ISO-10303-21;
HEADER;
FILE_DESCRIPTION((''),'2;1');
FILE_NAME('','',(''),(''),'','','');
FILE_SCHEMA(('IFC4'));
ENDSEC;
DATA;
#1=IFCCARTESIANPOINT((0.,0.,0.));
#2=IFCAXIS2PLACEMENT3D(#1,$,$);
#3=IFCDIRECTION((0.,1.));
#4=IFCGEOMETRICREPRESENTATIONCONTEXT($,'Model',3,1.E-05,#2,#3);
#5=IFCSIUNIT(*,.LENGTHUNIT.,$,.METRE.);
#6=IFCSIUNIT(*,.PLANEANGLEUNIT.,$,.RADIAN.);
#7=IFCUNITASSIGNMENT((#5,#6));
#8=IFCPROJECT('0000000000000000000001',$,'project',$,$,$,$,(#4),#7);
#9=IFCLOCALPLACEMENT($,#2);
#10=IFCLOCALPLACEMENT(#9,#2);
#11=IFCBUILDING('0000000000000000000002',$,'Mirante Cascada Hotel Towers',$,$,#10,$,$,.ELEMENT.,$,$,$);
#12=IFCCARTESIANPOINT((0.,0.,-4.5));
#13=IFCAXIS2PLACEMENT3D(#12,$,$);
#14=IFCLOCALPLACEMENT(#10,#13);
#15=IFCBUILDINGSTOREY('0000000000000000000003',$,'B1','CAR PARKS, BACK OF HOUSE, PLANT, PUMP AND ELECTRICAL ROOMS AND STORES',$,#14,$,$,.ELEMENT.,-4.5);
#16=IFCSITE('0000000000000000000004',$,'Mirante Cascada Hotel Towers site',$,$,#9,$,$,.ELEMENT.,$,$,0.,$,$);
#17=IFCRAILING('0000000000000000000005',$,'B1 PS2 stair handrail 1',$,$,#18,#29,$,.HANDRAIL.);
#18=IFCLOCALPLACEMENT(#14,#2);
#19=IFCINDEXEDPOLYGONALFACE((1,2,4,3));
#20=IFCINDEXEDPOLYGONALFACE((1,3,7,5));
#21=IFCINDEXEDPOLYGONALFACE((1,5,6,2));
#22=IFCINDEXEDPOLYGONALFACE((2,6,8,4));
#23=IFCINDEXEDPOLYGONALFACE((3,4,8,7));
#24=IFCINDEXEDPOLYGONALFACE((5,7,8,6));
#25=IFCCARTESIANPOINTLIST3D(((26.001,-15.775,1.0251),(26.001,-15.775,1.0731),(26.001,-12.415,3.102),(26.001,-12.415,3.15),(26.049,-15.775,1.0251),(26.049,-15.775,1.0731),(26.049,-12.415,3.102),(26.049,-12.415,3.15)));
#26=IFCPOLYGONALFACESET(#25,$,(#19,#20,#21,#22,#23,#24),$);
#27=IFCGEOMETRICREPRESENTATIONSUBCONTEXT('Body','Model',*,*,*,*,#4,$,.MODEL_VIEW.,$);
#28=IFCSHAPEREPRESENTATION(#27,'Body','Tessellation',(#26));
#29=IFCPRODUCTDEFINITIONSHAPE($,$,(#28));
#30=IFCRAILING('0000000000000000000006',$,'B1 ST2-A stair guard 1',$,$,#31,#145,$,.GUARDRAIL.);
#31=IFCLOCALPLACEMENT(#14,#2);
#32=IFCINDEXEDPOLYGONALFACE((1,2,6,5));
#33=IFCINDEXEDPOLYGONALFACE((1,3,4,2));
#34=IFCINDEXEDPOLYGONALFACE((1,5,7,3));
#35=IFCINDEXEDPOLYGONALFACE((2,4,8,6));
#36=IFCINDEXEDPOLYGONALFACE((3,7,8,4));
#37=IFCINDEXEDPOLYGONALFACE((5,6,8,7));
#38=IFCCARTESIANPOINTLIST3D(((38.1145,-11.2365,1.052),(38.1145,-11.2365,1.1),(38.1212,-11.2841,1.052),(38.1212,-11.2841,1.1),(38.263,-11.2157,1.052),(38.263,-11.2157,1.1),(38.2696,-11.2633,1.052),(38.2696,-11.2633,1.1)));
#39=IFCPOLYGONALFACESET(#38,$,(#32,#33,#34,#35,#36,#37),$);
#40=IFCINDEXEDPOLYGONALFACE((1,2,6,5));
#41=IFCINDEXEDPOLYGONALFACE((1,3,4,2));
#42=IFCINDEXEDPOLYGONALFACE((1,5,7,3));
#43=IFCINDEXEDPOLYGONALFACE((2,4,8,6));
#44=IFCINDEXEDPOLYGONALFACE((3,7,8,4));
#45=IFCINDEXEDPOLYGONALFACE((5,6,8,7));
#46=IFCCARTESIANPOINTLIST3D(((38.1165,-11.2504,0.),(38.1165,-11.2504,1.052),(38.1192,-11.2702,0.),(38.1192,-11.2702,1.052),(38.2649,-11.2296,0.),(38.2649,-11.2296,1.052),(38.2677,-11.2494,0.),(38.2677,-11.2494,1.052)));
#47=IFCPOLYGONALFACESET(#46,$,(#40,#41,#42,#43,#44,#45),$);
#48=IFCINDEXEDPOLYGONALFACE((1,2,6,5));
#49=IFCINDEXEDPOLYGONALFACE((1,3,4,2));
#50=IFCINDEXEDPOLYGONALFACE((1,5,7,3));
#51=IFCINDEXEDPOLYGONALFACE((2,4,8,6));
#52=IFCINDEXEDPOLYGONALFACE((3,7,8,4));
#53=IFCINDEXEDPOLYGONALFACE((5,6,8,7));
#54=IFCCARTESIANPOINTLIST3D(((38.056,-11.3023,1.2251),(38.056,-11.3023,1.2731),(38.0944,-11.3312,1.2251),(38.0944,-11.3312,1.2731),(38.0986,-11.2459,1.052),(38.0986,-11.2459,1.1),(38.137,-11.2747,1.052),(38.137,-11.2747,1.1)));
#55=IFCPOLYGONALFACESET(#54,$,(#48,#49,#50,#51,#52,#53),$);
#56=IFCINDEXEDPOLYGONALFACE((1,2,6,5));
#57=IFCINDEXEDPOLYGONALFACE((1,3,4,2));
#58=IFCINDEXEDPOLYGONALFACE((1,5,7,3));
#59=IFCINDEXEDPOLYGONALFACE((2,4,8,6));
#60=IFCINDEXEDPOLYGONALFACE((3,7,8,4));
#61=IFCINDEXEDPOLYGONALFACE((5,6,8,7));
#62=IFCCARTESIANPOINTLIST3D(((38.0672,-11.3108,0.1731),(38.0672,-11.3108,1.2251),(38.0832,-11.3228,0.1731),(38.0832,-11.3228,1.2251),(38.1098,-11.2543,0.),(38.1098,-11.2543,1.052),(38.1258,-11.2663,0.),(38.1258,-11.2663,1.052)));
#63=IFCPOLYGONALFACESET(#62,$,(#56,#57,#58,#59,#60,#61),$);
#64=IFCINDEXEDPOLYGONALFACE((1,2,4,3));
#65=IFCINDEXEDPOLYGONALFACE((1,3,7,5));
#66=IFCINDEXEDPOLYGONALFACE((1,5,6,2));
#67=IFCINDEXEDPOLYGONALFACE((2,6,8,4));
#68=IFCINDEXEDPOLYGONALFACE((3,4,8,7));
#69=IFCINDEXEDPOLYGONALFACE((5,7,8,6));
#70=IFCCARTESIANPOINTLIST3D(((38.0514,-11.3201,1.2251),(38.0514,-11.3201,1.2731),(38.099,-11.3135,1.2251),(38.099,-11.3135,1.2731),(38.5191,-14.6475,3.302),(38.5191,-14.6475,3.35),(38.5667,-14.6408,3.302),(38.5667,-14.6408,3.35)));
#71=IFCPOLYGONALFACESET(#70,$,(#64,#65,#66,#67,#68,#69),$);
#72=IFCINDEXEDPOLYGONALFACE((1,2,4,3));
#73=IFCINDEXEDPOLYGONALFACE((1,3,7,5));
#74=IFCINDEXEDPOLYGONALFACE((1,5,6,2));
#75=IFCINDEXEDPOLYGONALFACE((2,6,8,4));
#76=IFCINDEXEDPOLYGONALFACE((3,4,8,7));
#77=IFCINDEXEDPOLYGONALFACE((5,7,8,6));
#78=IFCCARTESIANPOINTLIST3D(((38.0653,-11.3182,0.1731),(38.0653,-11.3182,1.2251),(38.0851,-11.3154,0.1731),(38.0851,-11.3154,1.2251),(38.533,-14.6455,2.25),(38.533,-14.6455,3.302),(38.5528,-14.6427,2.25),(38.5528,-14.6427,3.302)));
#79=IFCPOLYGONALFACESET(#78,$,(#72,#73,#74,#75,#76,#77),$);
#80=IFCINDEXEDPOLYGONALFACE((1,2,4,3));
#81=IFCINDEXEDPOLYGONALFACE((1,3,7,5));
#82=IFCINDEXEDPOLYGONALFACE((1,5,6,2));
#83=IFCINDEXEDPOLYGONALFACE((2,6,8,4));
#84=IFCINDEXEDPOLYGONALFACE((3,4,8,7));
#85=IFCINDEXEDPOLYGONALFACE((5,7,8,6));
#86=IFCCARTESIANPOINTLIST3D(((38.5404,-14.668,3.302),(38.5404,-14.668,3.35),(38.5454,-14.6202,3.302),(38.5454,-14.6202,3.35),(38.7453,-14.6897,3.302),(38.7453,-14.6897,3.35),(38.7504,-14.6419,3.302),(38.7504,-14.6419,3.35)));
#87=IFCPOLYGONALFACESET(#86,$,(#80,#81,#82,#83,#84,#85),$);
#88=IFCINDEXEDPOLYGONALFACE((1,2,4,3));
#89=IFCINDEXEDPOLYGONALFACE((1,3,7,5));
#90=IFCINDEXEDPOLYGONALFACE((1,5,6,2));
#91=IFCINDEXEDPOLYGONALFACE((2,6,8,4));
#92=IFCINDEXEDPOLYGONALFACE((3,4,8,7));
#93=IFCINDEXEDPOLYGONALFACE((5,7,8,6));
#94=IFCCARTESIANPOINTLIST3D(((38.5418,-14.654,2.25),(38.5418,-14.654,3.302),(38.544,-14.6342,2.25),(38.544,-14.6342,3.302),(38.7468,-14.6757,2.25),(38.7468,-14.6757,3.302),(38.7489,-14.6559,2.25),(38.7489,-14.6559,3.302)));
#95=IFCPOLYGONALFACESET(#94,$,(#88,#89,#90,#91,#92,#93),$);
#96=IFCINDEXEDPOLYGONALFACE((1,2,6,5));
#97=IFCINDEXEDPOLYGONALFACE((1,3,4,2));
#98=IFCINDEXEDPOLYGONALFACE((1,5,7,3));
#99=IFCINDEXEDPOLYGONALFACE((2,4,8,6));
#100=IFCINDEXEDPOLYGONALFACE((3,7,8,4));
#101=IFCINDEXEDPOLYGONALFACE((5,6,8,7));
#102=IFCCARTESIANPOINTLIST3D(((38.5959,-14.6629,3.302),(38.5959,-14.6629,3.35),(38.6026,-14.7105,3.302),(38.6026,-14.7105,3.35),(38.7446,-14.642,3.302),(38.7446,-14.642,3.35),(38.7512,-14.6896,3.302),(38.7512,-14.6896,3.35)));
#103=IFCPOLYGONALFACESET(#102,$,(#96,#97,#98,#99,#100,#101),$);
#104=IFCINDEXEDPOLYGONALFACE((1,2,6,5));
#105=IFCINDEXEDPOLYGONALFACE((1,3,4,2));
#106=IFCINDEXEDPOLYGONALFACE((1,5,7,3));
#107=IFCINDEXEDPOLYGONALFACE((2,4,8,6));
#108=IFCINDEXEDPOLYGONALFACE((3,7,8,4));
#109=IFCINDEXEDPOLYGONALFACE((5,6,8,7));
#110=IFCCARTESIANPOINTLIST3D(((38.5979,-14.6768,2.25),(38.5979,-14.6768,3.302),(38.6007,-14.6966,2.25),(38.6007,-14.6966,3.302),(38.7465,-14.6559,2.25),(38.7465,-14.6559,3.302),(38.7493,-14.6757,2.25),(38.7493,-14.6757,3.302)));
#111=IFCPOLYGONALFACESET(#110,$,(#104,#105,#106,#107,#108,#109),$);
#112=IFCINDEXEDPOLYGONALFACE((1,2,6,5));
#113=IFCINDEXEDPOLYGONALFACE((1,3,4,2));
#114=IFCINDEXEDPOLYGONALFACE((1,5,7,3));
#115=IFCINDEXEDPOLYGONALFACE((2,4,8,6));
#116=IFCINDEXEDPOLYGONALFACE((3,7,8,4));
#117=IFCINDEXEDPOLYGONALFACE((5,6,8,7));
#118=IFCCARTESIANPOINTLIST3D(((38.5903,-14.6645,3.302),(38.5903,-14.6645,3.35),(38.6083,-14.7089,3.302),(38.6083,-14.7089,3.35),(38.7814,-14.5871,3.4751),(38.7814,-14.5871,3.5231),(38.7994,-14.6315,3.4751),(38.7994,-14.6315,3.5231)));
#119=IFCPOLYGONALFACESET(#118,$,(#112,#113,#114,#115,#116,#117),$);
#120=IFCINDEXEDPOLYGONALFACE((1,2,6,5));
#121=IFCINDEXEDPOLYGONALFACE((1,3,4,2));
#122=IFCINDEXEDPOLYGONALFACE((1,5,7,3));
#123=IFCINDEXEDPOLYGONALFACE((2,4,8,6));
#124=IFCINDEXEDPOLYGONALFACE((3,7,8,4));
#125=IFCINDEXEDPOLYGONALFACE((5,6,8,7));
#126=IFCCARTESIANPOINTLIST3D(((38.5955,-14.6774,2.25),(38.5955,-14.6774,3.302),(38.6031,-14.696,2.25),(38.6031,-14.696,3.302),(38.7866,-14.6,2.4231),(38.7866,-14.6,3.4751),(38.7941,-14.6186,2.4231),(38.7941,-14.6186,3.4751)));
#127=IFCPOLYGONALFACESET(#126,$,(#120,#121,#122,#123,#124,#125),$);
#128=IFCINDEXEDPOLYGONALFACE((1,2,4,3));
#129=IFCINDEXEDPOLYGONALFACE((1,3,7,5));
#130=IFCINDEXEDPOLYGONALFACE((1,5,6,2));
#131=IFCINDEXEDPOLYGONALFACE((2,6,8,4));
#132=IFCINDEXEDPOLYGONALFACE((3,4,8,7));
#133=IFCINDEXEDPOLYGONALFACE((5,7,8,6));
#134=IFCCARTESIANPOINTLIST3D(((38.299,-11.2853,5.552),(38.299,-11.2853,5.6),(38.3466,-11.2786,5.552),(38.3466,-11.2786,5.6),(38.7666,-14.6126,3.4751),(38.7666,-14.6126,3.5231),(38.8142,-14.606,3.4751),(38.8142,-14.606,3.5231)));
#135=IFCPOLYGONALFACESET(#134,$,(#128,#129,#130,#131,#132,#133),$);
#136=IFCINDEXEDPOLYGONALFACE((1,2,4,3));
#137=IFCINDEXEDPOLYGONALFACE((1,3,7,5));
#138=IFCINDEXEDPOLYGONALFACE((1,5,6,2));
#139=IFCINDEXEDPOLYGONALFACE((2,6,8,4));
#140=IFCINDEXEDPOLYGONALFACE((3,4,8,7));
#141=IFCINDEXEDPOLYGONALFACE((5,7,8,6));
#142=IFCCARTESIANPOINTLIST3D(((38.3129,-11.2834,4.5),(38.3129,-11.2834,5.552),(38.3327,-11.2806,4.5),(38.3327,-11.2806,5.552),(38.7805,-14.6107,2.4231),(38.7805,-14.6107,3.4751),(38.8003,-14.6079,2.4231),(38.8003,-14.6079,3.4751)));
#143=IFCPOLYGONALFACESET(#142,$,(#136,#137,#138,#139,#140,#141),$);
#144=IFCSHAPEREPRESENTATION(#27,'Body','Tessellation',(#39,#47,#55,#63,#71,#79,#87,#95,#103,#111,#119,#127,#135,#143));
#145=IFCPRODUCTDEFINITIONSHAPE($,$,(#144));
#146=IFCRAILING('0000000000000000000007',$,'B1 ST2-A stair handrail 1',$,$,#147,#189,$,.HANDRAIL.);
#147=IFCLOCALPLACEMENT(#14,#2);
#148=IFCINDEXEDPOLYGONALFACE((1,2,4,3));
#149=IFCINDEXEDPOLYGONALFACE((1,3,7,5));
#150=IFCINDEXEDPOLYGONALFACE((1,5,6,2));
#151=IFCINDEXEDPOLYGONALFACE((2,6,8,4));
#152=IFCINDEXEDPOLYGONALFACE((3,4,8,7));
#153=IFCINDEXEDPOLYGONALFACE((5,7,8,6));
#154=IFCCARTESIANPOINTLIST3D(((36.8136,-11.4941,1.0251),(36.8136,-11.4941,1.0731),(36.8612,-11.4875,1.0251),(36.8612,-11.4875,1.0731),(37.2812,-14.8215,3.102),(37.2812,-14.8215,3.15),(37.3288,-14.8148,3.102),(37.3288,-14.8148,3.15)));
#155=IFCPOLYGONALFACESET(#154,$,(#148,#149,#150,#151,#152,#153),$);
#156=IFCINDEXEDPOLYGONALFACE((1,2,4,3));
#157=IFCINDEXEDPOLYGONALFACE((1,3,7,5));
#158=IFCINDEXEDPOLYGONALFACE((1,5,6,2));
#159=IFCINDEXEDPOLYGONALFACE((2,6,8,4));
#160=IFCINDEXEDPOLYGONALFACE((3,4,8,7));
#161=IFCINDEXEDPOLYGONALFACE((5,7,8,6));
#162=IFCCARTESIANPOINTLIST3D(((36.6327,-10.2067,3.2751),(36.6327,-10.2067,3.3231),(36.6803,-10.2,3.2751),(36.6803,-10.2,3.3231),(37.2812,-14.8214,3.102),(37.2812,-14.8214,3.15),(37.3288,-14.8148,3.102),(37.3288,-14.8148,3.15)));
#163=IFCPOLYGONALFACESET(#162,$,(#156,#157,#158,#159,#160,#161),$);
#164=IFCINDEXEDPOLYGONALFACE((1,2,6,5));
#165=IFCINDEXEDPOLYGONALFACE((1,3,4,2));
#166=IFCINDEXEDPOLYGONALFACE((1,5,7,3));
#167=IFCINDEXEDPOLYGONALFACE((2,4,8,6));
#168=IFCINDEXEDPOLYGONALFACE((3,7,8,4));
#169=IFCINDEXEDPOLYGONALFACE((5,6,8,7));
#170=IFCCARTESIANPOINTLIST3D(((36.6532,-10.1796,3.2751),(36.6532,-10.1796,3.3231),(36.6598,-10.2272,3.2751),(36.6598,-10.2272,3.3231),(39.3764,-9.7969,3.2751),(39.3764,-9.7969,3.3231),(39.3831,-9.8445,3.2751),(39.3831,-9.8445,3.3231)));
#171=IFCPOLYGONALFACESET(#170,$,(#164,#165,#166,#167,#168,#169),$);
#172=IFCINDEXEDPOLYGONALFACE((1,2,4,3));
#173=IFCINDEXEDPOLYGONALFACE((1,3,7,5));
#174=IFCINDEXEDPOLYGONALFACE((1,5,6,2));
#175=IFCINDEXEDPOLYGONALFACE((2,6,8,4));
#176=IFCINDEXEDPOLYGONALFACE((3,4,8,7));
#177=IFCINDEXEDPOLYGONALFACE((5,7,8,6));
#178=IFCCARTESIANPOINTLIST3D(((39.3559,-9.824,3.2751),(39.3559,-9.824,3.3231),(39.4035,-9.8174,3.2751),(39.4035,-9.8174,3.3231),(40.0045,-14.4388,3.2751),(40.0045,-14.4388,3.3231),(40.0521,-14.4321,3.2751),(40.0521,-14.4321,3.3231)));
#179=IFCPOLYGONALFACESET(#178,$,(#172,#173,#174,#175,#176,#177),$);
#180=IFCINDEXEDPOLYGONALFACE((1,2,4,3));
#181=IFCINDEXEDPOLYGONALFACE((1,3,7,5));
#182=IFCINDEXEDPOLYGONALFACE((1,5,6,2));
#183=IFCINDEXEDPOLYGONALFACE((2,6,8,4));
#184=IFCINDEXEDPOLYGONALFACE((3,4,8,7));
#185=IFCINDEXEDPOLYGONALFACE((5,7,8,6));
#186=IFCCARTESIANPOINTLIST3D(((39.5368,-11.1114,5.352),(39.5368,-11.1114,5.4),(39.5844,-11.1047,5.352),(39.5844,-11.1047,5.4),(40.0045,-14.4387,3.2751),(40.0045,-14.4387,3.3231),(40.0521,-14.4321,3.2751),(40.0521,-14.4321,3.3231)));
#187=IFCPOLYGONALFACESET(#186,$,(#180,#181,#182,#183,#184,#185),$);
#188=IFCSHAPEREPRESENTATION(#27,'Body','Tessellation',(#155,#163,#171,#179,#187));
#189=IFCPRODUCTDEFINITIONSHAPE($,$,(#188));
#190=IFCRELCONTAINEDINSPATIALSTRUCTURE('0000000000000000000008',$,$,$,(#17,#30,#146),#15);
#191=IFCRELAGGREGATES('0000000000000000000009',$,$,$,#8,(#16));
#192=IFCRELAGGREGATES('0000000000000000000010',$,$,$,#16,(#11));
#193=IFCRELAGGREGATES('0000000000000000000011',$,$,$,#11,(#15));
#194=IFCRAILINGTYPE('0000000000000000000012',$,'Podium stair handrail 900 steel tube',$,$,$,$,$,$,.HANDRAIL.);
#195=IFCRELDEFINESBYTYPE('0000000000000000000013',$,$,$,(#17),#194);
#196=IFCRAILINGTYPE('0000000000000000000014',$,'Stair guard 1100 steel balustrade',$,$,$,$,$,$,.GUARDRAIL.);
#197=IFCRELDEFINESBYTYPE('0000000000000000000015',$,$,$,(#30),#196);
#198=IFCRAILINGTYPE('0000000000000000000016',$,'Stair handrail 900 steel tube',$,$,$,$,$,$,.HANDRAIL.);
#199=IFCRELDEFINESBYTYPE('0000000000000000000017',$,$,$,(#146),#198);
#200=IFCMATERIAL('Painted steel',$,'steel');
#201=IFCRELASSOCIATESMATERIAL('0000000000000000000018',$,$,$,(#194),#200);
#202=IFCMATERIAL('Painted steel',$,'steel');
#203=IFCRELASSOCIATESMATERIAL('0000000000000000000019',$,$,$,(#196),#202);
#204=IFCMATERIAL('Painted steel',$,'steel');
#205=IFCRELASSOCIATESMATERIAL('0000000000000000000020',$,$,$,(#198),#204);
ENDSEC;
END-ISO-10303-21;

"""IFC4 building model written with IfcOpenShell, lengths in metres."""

from ifc_helpers import new_model, si_unit, direction, frame, origin, origin_2d, place, context, subcontext, project, spatial, rectangle, extrude, material, type_object, element, save


model = new_model("IFC4")

# Units and contexts
model_context = context("Model", 3, precision=1e-05, world=origin(), true_north=direction((0.0, 1.0)))
body_context = subcontext(model_context, "Body", "Model", "MODEL_VIEW")
ifc_project = project(units=[si_unit("LENGTHUNIT", "METRE"), si_unit("PLANEANGLEUNIT", "RADIAN")], contexts=[model_context])

# Site, building, storey
site_placement = place(None, origin())
site = spatial("IfcSite", under=ifc_project, at=site_placement, Name="Mirante Cascada Hotel Towers site", CompositionType="ELEMENT", RefElevation=0.0)
building_placement = place(site_placement, origin())
building = spatial("IfcBuilding", under=site, at=building_placement, Name="Mirante Cascada Hotel Towers", CompositionType="ELEMENT")
storey_placement = place(building_placement, frame((0.0, 0.0, -4.5)))
storey = spatial("IfcBuildingStorey", under=building, at=storey_placement, Name="B1", Description="CAR PARKS, BACK OF HOUSE, PLANT, PUMP AND ELECTRICAL ROOMS AND STORES", CompositionType="ELEMENT", Elevation=-4.5)

# Railings
ifc_material_1 = material(Name="Painted steel", Category="steel")
railing_type_1 = type_object("IfcRailingType", Name="Podium stair handrail 900 steel tube", PredefinedType="HANDRAIL", material=ifc_material_1)
railing_1_placement = place(storey_placement, frame((26.025, -15.775, 0.1731)))
element("IfcRailing", 1, at=railing_1_placement, inside=storey, type_object=railing_type_1, Name="B1 PS2 stair handrail 1", PredefinedType="HANDRAIL", context=body_context, shape_type="SweptSolid", body=[
    extrude(rectangle(XDim=0.048, YDim=0.048, at=origin_2d()), frame((0.0, 0.0, 0.876), z_axis=(0.0, 1.0, 0.0), x_axis=(-1.0, 0.0, 0.0)), (0.0, 0.525787, 0.850616), 3.9501),
])
ifc_material_2 = material(Name="Painted steel", Category="steel")
railing_type_2 = type_object("IfcRailingType", Name="Stair guard 1100 steel balustrade", PredefinedType="GUARDRAIL", material=ifc_material_2)
railing_2_placement = place(storey_placement, frame((38.2663, -11.2395, 0.0)))
element("IfcRailing", 2, at=railing_2_placement, inside=storey, type_object=railing_type_2, Name="B1 ST2-A stair guard 1", PredefinedType="GUARDRAIL", context=body_context, shape_type="SweptSolid", body=[
    extrude(rectangle(XDim=0.048, YDim=0.048, at=origin_2d()), frame((0.0, 0.0, 1.076), z_axis=(-0.990333, -0.138713, 0.0), x_axis=(0.138713, -0.990333, 0.0)), (0.0, 0.0, 1.0), 0.1499),
    extrude(rectangle(XDim=0.02, YDim=1.052, at=origin_2d()), frame((0.0, 0.0, 0.526), z_axis=(-0.990333, -0.138713, 0.0), x_axis=(0.138713, -0.990333, 0.0)), (0.0, 0.0, 1.0), 0.1499),
    extrude(rectangle(XDim=0.048, YDim=0.048, at=origin_2d()), frame((-0.1485, -0.0208, 1.076), z_axis=(-0.602033, -0.798471, 0.0), x_axis=(0.798471, -0.602033, 0.0)), (0.0, 0.925647, 0.378388), 0.187),
    extrude(rectangle(XDim=0.02, YDim=1.052, at=origin_2d()), frame((-0.1485, -0.0208, 0.526), z_axis=(-0.602033, -0.798471, 0.0), x_axis=(0.798471, -0.602033, 0.0)), (0.0, 0.925647, 0.378388), 0.187),
    extrude(rectangle(XDim=0.048, YDim=0.048, at=origin_2d()), frame((-0.1911, -0.0773, 1.2491), z_axis=(0.139196, -0.990265, 0.0), x_axis=(0.990265, 0.139196, 0.0)), (0.0, 0.525786, 0.850617), 3.9501),
    extrude(rectangle(XDim=0.02, YDim=1.052, at=origin_2d()), frame((-0.1911, -0.0773, 0.6991), z_axis=(0.139196, -0.990265, 0.0), x_axis=(0.990265, 0.139196, 0.0)), (0.0, 0.525786, 0.850617), 3.9501),
    extrude(rectangle(XDim=0.048, YDim=0.048, at=origin_2d()), frame((0.2766, -3.4046, 3.326), z_axis=(0.994444, -0.105266, 0.0), x_axis=(0.105266, 0.994444, 0.0)), (0.0, 0.0, 1.0), 0.2061),
    extrude(rectangle(XDim=0.02, YDim=1.052, at=origin_2d()), frame((0.2766, -3.4046, 2.776), z_axis=(0.994444, -0.105266, 0.0), x_axis=(0.105266, 0.994444, 0.0)), (0.0, 0.0, 1.0), 0.2061),
    extrude(rectangle(XDim=0.048, YDim=0.048, at=origin_2d()), frame((0.4816, -3.4263, 3.326), z_axis=(-0.990254, -0.139275, 0.0), x_axis=(0.139275, -0.990254, 0.0)), (0.0, 0.0, 1.0), 0.1501),
    extrude(rectangle(XDim=0.02, YDim=1.052, at=origin_2d()), frame((0.4816, -3.4263, 2.776), z_axis=(-0.990254, -0.139275, 0.0), x_axis=(0.139275, -0.990254, 0.0)), (0.0, 0.0, 1.0), 0.1501),
    extrude(rectangle(XDim=0.048, YDim=0.048, at=origin_2d()), frame((0.333, -3.4472, 3.326), z_axis=(0.926862, 0.375401, 0.0), x_axis=(-0.375401, 0.926862, 0.0)), (0.0, 0.642994, 0.765871), 0.2692),
    extrude(rectangle(XDim=0.02, YDim=1.052, at=origin_2d()), frame((0.333, -3.4472, 2.776), z_axis=(0.926862, 0.375401, 0.0), x_axis=(-0.375401, 0.926862, 0.0)), (0.0, 0.642994, 0.765871), 0.2692),
    extrude(rectangle(XDim=0.048, YDim=0.048, at=origin_2d()), frame((0.5241, -3.3698, 3.4991), z_axis=(-0.139167, 0.990269, 0.0), x_axis=(-0.990269, -0.139167, 0.0)), (0.0, 0.525787, 0.850616), 3.9501),
    extrude(rectangle(XDim=0.02, YDim=1.052, at=origin_2d()), frame((0.5241, -3.3698, 2.9491), z_axis=(-0.139167, 0.990269, 0.0), x_axis=(-0.990269, -0.139167, 0.0)), (0.0, 0.525787, 0.850616), 3.9501),
])
ifc_material_3 = material(Name="Painted steel", Category="steel")
railing_type_3 = type_object("IfcRailingType", Name="Stair handrail 900 steel tube", PredefinedType="HANDRAIL", material=ifc_material_3)
railing_3_placement = place(storey_placement, frame((36.8374, -11.4908, 0.1731)))
element("IfcRailing", 3, at=railing_3_placement, inside=storey, type_object=railing_type_3, Name="B1 ST2-A stair handrail 1", PredefinedType="HANDRAIL", context=body_context, shape_type="SweptSolid", body=[
    extrude(rectangle(XDim=0.048, YDim=0.048, at=origin_2d()), frame((0.0, 0.0, 0.876), z_axis=(0.139167, -0.990269, 0.0), x_axis=(0.990269, 0.139167, 0.0)), (0.0, 0.525787, 0.850616), 3.9501),
    extrude(rectangle(XDim=0.048, YDim=0.048, at=origin_2d()), frame((0.4676, -3.3273, 2.9529), z_axis=(-0.139162, 0.99027, 0.0), x_axis=(-0.99027, -0.139162, 0.0)), (0.0, 0.03712, 0.999311), 4.6633),
    extrude(rectangle(XDim=0.048, YDim=0.048, at=origin_2d()), frame((-0.1809, 1.2874, 3.126), z_axis=(0.990269, 0.139166, 0.0), x_axis=(-0.139166, 0.990269, 0.0)), (0.0, 0.0, 1.0), 2.75),
    extrude(rectangle(XDim=0.048, YDim=0.048, at=origin_2d()), frame((2.5423, 1.6701, 3.126), z_axis=(0.139183, -0.990267, 0.0), x_axis=(0.990267, 0.139183, 0.0)), (0.0, 0.0, 1.0), 4.6601),
    extrude(rectangle(XDim=0.048, YDim=0.048, at=origin_2d()), frame((3.1909, -2.9446, 3.126), z_axis=(-0.139196, 0.990265, 0.0), x_axis=(-0.990265, -0.139196, 0.0)), (0.0, 0.525786, 0.850617), 3.9501),
])

save(model, "model.ifc")
